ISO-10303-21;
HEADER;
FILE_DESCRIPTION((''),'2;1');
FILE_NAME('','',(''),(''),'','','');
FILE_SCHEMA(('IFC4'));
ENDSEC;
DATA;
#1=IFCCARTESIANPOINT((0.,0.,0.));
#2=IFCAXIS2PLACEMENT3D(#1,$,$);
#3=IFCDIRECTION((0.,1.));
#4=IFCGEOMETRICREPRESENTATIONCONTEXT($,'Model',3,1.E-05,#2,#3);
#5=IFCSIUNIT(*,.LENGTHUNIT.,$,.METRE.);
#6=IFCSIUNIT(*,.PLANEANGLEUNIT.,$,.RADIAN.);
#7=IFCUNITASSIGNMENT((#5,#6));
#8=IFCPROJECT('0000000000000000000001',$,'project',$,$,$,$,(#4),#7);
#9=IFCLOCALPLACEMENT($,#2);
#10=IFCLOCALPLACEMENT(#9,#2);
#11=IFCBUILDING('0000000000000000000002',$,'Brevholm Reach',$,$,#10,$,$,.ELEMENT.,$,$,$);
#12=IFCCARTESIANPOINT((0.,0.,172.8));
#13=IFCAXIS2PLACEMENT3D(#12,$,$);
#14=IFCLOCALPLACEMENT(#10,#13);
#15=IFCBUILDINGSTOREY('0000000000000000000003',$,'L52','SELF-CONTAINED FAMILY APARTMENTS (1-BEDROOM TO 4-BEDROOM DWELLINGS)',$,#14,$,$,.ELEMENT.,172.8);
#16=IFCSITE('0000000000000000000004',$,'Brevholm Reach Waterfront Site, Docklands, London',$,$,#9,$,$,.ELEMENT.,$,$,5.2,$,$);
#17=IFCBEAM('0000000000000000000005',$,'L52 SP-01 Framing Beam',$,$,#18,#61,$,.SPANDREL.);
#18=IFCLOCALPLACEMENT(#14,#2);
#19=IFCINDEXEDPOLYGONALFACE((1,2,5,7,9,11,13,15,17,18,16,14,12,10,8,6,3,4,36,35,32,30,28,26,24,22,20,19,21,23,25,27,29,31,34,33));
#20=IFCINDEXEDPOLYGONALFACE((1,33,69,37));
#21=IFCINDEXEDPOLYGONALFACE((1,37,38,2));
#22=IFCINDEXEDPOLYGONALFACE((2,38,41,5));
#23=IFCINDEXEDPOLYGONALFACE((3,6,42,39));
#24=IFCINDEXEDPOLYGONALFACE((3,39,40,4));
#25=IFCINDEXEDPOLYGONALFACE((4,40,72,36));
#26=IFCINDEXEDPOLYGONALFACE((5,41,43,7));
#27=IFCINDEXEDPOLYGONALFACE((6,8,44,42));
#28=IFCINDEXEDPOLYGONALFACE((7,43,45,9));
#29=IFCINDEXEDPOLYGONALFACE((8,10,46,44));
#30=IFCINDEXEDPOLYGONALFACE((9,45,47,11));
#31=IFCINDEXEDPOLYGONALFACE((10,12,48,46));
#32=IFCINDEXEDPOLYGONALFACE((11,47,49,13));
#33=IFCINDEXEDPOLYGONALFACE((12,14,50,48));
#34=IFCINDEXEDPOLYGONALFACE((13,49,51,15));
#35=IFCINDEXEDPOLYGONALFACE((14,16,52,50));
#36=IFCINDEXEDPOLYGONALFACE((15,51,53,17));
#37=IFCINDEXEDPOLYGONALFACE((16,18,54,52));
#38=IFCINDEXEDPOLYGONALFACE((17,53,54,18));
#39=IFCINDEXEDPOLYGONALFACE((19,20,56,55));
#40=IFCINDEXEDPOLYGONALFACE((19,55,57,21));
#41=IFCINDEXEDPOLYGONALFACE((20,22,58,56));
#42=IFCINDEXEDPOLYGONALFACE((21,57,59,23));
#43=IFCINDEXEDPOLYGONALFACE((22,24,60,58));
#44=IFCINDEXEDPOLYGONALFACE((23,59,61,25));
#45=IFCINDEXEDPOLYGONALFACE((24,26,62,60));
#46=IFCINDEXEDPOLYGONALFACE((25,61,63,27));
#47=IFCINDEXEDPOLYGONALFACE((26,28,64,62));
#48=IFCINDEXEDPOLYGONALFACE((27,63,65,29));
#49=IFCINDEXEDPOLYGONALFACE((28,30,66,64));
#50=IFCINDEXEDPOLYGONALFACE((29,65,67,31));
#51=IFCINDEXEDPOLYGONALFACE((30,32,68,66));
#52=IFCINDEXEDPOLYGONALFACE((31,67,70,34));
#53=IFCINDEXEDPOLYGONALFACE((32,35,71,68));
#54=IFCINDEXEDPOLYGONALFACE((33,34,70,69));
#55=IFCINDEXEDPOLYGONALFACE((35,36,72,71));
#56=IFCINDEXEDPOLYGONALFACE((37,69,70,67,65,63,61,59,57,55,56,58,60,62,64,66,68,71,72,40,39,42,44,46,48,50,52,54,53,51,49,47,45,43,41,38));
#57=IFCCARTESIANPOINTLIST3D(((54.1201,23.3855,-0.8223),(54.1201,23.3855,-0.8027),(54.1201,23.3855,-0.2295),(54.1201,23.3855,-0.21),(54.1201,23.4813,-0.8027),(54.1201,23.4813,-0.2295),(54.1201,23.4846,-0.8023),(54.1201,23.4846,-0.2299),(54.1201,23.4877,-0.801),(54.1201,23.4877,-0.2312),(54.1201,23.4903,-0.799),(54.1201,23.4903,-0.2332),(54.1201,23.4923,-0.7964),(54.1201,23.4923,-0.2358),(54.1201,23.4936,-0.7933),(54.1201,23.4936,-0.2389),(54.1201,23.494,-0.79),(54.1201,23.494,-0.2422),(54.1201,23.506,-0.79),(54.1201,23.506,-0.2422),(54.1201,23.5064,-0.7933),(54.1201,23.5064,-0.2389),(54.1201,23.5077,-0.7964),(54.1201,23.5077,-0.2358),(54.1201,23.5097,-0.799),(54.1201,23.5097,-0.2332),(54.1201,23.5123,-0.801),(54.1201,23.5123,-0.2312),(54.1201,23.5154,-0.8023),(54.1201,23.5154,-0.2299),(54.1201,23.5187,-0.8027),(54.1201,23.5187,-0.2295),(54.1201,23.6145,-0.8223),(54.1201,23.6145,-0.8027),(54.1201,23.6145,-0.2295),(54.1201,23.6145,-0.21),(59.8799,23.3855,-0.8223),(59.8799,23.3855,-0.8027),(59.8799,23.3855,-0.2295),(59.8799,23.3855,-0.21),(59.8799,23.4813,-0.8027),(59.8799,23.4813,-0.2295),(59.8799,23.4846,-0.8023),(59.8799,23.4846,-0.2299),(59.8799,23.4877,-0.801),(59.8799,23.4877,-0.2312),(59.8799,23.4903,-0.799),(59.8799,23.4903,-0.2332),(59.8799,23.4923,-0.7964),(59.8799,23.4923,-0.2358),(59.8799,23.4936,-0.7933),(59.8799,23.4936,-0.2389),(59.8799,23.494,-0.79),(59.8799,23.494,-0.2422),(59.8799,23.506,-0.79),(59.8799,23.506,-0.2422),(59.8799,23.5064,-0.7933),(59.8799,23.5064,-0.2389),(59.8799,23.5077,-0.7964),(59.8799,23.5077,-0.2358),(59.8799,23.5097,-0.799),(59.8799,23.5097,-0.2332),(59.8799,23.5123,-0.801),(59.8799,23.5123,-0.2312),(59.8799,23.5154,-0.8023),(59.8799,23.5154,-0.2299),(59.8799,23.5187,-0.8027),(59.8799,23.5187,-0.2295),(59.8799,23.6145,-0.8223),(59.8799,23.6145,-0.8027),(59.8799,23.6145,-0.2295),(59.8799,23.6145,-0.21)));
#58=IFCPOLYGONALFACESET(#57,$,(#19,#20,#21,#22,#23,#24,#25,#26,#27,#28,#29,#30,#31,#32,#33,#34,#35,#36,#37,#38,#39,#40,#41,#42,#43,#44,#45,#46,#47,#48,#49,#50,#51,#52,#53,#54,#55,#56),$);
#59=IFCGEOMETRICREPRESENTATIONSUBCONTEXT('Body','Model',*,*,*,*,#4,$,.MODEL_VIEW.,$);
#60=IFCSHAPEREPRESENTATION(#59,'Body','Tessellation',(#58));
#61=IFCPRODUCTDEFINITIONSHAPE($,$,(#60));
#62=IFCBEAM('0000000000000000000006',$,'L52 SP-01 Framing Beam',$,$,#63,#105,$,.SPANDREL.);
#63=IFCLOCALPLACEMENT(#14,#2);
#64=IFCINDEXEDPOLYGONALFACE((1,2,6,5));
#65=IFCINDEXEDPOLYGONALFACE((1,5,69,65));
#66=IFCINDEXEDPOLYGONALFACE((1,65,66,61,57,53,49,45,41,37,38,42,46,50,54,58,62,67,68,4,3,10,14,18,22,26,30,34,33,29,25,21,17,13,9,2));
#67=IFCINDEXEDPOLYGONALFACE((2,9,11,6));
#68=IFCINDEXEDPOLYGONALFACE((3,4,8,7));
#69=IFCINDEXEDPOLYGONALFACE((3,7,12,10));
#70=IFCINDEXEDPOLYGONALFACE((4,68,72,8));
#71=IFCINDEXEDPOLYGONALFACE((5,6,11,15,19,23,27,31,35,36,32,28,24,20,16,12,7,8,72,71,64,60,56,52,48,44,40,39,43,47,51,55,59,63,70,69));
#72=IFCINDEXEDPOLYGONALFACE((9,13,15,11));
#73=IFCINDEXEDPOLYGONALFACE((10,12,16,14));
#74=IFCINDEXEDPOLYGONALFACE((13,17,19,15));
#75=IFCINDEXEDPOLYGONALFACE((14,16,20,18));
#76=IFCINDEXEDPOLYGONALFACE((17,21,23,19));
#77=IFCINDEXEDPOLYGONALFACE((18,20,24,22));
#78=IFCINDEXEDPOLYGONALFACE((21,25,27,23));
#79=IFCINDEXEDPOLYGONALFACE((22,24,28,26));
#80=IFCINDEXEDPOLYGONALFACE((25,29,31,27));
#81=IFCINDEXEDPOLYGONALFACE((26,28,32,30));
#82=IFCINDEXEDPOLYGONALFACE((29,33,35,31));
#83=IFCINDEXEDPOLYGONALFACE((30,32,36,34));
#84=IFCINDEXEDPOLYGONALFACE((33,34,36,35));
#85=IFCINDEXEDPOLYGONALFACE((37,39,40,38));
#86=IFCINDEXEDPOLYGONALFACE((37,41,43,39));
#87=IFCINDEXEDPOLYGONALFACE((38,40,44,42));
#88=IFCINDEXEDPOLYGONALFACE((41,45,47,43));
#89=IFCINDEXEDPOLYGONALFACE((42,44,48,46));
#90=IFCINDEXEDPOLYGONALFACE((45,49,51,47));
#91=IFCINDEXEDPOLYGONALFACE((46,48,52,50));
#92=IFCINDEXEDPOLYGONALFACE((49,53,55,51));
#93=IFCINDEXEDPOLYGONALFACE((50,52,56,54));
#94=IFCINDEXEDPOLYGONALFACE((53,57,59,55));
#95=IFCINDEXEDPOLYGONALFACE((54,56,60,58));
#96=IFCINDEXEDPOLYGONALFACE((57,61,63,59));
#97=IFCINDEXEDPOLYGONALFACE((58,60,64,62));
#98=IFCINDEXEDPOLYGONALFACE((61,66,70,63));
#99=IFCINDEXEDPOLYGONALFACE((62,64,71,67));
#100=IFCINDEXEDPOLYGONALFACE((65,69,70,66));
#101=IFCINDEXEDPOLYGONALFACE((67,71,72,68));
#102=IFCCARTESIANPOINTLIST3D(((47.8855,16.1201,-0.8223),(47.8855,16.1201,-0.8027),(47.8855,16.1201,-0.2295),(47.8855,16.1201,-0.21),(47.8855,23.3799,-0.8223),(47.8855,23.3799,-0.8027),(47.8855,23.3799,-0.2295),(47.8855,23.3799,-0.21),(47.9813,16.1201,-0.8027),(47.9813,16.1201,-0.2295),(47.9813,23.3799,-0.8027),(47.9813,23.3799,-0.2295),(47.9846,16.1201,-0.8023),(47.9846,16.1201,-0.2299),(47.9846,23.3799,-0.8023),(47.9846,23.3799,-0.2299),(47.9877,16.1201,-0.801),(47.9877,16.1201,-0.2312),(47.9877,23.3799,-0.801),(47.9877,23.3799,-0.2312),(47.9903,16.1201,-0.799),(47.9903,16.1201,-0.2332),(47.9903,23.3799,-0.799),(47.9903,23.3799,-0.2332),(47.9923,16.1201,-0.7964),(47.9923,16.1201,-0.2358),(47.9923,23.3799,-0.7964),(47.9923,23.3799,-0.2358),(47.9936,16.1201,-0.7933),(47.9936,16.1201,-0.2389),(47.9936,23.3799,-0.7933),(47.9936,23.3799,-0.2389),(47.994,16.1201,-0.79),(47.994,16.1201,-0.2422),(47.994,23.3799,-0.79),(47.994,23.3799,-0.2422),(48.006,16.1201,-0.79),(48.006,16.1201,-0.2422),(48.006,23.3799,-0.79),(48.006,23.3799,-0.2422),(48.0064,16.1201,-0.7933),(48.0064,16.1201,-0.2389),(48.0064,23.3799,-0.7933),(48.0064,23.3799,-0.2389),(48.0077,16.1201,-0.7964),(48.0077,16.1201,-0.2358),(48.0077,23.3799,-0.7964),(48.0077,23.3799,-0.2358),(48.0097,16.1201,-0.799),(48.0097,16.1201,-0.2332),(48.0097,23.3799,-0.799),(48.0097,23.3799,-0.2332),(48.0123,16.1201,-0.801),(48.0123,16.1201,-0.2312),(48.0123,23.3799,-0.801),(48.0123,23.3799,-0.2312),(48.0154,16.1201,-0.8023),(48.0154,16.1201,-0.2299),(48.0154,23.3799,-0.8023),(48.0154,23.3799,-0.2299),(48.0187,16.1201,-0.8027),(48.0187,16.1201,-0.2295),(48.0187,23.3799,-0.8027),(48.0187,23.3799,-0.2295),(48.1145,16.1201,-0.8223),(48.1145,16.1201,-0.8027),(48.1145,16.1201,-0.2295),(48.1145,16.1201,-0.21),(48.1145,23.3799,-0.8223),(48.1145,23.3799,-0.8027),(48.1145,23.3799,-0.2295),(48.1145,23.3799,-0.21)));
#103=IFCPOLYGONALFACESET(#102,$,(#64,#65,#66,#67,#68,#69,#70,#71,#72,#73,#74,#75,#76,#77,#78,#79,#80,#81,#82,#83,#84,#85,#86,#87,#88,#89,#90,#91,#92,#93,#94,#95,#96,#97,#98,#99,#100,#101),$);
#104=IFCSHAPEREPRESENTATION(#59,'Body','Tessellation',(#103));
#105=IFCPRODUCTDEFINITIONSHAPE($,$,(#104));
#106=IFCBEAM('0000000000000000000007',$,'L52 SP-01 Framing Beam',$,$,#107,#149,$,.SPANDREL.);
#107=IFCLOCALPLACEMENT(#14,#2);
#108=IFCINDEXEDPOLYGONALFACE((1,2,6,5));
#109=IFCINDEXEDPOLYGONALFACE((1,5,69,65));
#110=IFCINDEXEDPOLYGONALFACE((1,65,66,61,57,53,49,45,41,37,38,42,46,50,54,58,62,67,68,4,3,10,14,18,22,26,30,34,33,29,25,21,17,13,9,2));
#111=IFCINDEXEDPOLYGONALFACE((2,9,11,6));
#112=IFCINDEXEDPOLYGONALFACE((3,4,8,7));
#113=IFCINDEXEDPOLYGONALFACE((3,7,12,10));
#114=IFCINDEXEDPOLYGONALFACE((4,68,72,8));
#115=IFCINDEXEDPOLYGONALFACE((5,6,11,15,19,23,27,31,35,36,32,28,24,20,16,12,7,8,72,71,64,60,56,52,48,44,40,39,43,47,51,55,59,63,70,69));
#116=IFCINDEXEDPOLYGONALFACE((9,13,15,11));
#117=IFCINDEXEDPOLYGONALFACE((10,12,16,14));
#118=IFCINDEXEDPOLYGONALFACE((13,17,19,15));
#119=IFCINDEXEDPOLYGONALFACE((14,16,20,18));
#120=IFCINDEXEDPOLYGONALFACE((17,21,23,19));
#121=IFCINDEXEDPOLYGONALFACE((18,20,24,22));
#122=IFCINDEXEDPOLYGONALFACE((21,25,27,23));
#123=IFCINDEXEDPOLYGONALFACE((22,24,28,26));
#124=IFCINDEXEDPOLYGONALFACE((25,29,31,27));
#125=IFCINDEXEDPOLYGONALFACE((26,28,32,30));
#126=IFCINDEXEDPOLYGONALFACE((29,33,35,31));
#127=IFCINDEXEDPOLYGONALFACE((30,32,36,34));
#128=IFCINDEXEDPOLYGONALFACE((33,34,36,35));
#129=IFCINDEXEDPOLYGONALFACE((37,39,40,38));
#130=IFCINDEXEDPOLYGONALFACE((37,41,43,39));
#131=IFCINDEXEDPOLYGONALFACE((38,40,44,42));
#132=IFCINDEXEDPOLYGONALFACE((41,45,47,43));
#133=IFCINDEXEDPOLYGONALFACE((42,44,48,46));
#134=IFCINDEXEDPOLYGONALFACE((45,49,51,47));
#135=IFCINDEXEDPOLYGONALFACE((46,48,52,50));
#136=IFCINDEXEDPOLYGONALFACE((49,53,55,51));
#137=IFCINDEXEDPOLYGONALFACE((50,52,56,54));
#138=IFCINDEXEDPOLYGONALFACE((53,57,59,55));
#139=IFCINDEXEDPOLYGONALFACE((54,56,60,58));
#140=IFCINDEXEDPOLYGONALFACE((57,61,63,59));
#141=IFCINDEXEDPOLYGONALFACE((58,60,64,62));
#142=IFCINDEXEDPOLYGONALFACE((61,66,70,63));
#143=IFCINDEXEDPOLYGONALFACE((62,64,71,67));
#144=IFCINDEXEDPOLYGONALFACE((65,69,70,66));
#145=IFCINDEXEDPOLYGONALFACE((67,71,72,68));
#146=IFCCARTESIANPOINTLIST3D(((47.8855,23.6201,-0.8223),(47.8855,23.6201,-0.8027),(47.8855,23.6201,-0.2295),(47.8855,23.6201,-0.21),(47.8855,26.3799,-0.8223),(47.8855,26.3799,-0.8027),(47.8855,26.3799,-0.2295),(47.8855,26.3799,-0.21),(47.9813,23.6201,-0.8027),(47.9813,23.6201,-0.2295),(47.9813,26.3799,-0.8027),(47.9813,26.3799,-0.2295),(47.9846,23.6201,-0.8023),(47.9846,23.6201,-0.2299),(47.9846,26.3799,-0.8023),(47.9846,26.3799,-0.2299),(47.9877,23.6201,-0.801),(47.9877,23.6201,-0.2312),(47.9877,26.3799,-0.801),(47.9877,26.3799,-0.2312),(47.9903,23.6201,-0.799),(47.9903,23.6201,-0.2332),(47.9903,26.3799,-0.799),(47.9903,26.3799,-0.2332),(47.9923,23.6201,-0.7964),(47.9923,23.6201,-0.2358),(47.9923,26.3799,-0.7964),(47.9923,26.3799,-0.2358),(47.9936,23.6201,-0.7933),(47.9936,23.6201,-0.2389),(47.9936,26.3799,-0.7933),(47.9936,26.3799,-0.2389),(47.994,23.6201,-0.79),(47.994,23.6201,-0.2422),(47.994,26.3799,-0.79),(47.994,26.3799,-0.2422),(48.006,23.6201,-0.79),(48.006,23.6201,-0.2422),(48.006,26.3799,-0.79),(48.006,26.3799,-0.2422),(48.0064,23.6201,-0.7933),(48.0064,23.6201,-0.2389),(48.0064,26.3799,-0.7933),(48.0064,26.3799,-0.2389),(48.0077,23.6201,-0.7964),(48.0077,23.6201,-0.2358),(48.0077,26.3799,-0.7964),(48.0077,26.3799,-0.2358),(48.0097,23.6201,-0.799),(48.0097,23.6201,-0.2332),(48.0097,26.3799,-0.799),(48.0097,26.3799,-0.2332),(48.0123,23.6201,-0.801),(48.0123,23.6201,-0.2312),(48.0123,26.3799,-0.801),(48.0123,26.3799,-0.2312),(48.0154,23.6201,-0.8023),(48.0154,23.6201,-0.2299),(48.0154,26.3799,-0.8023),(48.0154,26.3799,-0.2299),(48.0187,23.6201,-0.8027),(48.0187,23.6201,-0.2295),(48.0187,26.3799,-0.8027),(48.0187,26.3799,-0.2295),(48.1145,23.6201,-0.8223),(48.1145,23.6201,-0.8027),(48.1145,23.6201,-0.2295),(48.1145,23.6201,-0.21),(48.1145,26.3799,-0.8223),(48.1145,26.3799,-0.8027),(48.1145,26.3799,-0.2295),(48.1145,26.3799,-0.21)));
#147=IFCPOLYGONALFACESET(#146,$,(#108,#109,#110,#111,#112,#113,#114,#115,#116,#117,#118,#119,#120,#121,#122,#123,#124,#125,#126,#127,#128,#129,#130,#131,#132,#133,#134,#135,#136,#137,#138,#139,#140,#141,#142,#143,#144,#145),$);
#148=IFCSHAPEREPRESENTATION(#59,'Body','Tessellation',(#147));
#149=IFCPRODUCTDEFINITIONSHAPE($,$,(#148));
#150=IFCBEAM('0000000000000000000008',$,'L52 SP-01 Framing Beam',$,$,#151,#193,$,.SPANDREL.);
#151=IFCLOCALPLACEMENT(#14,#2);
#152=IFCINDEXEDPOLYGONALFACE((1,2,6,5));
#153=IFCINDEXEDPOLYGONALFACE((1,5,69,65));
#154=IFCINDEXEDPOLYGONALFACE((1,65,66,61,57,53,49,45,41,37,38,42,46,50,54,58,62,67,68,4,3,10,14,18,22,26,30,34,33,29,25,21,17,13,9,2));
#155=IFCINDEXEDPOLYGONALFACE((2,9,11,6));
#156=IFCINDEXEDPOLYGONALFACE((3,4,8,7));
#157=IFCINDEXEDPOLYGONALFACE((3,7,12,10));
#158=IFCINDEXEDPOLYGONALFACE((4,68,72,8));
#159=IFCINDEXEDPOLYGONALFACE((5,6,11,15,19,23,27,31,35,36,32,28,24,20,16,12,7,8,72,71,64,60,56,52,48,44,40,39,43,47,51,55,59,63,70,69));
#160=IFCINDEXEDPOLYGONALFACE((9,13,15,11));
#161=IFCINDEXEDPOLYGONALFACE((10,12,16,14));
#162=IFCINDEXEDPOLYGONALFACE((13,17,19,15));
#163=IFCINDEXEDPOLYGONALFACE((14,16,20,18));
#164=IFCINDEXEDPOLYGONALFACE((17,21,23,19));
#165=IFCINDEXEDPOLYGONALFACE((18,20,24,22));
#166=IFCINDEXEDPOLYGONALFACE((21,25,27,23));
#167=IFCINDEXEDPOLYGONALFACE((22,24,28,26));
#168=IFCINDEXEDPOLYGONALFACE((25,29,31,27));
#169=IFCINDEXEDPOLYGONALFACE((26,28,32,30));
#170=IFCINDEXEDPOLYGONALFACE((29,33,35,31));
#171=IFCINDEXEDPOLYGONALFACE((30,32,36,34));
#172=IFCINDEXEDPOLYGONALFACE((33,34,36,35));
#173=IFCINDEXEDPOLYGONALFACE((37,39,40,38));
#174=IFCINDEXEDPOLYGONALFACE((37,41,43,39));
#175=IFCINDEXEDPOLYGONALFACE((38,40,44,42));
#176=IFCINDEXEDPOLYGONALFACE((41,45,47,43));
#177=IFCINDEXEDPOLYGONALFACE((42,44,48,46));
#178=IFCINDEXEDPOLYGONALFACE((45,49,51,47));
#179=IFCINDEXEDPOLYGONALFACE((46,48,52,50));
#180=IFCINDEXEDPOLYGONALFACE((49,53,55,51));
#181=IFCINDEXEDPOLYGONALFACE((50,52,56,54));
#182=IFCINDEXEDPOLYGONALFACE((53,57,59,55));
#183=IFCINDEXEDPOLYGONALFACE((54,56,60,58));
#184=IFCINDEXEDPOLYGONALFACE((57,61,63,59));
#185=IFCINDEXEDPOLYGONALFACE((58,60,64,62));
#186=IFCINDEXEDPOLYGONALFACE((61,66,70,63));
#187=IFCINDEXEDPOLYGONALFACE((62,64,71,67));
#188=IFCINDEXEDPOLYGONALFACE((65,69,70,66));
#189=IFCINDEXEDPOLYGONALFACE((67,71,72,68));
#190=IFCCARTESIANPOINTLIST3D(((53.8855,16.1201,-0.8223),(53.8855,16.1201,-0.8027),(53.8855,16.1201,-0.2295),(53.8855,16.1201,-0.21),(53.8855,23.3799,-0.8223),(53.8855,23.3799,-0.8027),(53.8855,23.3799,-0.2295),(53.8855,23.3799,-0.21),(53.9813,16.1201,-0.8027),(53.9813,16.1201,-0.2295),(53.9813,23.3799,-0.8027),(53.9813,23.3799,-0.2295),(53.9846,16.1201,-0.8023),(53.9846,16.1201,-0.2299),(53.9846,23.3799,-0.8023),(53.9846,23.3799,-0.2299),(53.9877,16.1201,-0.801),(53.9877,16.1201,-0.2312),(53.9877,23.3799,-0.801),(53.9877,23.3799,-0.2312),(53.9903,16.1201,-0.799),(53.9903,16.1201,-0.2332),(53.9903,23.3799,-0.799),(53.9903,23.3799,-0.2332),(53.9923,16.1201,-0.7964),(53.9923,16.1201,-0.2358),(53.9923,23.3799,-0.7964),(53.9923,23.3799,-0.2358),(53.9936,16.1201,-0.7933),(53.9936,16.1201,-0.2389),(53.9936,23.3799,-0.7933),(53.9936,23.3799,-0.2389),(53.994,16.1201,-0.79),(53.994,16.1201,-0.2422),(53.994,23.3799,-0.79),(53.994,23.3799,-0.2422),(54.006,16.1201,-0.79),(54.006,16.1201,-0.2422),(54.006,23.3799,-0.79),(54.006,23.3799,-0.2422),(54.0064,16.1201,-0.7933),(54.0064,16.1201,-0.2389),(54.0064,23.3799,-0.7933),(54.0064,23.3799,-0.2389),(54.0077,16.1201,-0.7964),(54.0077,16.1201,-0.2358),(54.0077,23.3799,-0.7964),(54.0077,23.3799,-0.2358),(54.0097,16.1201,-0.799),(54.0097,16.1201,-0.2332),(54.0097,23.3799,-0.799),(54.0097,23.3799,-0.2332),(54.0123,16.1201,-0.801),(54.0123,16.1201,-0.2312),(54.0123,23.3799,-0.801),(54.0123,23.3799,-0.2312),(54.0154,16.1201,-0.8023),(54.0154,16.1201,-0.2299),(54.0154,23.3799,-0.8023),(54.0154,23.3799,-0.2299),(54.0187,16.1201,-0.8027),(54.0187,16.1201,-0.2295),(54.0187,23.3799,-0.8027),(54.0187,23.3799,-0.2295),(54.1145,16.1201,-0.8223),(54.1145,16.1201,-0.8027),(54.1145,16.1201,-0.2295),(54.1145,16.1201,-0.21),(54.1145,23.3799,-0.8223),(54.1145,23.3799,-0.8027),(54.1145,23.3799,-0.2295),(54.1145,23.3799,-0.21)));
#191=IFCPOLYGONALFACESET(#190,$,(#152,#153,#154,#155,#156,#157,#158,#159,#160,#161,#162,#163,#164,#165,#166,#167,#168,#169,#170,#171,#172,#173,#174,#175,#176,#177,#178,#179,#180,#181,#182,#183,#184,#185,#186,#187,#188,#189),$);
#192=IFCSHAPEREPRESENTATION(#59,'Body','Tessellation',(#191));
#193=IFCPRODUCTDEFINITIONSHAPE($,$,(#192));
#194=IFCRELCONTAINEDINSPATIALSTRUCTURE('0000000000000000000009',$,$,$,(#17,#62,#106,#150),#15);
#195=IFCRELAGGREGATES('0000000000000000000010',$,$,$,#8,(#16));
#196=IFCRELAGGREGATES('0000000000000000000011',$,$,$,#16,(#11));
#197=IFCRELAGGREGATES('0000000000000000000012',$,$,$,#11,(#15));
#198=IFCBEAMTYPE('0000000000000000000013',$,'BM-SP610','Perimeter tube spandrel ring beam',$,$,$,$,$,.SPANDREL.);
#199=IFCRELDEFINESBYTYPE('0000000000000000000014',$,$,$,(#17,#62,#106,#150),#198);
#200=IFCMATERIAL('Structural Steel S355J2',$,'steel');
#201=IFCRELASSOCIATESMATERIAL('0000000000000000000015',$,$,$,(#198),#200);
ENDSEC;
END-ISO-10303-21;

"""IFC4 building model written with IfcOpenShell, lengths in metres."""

from ifc_helpers import new_model, si_unit, direction, frame, origin, origin_2d, place, context, subcontext, project, spatial, i_section, extrude, material, material_profile, profile_set, type_object, element, save


model = new_model("IFC4")

# Units and contexts
model_context = context("Model", 3, precision=1e-05, world=origin(), true_north=direction((0.0, 1.0)))
body_context = subcontext(model_context, "Body", "Model", "MODEL_VIEW")
ifc_project = project(units=[si_unit("LENGTHUNIT", "METRE"), si_unit("PLANEANGLEUNIT", "RADIAN")], contexts=[model_context])

# Site, building, storey
site_placement = place(None, origin())
site = spatial("IfcSite", under=ifc_project, at=site_placement, Name="Brevholm Reach Waterfront Site, Docklands, London", CompositionType="ELEMENT", RefElevation=5.2)
building_placement = place(site_placement, origin())
building = spatial("IfcBuilding", under=site, at=building_placement, Name="Brevholm Reach", CompositionType="ELEMENT")
storey_placement = place(building_placement, frame((0.0, 0.0, 172.8)))
storey = spatial("IfcBuildingStorey", under=building, at=storey_placement, Name="L52", Description="SELF-CONTAINED FAMILY APARTMENTS (1-BEDROOM TO 4-BEDROOM DWELLINGS)", CompositionType="ELEMENT", Elevation=172.8)

# Beams
ifc_material_1 = material(Name="Structural Steel S355J2", Category="steel")
ifc_material_profile_1 = material_profile(ifc_material_1, i_section(OverallWidth=0.229, OverallDepth=0.6123, WebThickness=0.012, FlangeThickness=0.0195, FilletRadius=0.0127, at=origin_2d()), Name="UKB 610x229x125")
ifc_profile_set_1 = profile_set([ifc_material_profile_1], Name="Structural Steel S355J2")
beam_type_1 = type_object("IfcBeamType", Name="BM-SP610", Description="Perimeter tube spandrel ring beam", PredefinedType="SPANDREL", material=ifc_profile_set_1)
for number, where, z_axis, x_axis, name in (
    (1, (54.1201, 23.5, -0.5161), (1.0, 0.0, 0.0), (0.0, 1.0, 0.0), "L52 SP-01 Framing Beam"),
):
    element("IfcBeam", number, at=place(storey_placement, frame(where, z_axis=z_axis, x_axis=x_axis)), inside=storey, type_object=beam_type_1, Name=name, PredefinedType="SPANDREL", context=body_context, shape_type="SweptSolid", body=[
        extrude(i_section(OverallWidth=0.229, OverallDepth=0.6123, WebThickness=0.012, FlangeThickness=0.0195, FilletRadius=0.0127, at=origin_2d()), origin(), (0.0, 0.0, 1.0), 5.7598),
    ])
beam_1_placement = place(storey_placement, frame((48.0, 16.1201, -0.5161), z_axis=(0.0, 1.0, 0.0), x_axis=(-1.0, 0.0, 0.0)))
element("IfcBeam", 2, at=beam_1_placement, inside=storey, type_object=beam_type_1, Name="L52 SP-01 Framing Beam", PredefinedType="SPANDREL", context=body_context, shape_type="SweptSolid", body=[
    extrude(i_section(OverallWidth=0.229, OverallDepth=0.6123, WebThickness=0.012, FlangeThickness=0.0195, FilletRadius=0.0127, at=origin_2d()), origin(), (0.0, 0.0, 1.0), 7.2598),
])
beam_2_placement = place(storey_placement, frame((48.0, 23.6201, -0.5161), z_axis=(0.0, 1.0, 0.0), x_axis=(-1.0, 0.0, 0.0)))
element("IfcBeam", 3, at=beam_2_placement, inside=storey, type_object=beam_type_1, Name="L52 SP-01 Framing Beam", PredefinedType="SPANDREL", context=body_context, shape_type="SweptSolid", body=[
    extrude(i_section(OverallWidth=0.229, OverallDepth=0.6123, WebThickness=0.012, FlangeThickness=0.0195, FilletRadius=0.0127, at=origin_2d()), origin(), (0.0, 0.0, 1.0), 2.7598),
])
beam_3_placement = place(storey_placement, frame((54.0, 16.1201, -0.5161), z_axis=(0.0, 1.0, 0.0), x_axis=(-1.0, 0.0, 0.0)))
element("IfcBeam", 4, at=beam_3_placement, inside=storey, type_object=beam_type_1, Name="L52 SP-01 Framing Beam", PredefinedType="SPANDREL", context=body_context, shape_type="SweptSolid", body=[
    extrude(i_section(OverallWidth=0.229, OverallDepth=0.6123, WebThickness=0.012, FlangeThickness=0.0195, FilletRadius=0.0127, at=origin_2d()), origin(), (0.0, 0.0, 1.0), 7.2598),
])

save(model, "model.ifc")
